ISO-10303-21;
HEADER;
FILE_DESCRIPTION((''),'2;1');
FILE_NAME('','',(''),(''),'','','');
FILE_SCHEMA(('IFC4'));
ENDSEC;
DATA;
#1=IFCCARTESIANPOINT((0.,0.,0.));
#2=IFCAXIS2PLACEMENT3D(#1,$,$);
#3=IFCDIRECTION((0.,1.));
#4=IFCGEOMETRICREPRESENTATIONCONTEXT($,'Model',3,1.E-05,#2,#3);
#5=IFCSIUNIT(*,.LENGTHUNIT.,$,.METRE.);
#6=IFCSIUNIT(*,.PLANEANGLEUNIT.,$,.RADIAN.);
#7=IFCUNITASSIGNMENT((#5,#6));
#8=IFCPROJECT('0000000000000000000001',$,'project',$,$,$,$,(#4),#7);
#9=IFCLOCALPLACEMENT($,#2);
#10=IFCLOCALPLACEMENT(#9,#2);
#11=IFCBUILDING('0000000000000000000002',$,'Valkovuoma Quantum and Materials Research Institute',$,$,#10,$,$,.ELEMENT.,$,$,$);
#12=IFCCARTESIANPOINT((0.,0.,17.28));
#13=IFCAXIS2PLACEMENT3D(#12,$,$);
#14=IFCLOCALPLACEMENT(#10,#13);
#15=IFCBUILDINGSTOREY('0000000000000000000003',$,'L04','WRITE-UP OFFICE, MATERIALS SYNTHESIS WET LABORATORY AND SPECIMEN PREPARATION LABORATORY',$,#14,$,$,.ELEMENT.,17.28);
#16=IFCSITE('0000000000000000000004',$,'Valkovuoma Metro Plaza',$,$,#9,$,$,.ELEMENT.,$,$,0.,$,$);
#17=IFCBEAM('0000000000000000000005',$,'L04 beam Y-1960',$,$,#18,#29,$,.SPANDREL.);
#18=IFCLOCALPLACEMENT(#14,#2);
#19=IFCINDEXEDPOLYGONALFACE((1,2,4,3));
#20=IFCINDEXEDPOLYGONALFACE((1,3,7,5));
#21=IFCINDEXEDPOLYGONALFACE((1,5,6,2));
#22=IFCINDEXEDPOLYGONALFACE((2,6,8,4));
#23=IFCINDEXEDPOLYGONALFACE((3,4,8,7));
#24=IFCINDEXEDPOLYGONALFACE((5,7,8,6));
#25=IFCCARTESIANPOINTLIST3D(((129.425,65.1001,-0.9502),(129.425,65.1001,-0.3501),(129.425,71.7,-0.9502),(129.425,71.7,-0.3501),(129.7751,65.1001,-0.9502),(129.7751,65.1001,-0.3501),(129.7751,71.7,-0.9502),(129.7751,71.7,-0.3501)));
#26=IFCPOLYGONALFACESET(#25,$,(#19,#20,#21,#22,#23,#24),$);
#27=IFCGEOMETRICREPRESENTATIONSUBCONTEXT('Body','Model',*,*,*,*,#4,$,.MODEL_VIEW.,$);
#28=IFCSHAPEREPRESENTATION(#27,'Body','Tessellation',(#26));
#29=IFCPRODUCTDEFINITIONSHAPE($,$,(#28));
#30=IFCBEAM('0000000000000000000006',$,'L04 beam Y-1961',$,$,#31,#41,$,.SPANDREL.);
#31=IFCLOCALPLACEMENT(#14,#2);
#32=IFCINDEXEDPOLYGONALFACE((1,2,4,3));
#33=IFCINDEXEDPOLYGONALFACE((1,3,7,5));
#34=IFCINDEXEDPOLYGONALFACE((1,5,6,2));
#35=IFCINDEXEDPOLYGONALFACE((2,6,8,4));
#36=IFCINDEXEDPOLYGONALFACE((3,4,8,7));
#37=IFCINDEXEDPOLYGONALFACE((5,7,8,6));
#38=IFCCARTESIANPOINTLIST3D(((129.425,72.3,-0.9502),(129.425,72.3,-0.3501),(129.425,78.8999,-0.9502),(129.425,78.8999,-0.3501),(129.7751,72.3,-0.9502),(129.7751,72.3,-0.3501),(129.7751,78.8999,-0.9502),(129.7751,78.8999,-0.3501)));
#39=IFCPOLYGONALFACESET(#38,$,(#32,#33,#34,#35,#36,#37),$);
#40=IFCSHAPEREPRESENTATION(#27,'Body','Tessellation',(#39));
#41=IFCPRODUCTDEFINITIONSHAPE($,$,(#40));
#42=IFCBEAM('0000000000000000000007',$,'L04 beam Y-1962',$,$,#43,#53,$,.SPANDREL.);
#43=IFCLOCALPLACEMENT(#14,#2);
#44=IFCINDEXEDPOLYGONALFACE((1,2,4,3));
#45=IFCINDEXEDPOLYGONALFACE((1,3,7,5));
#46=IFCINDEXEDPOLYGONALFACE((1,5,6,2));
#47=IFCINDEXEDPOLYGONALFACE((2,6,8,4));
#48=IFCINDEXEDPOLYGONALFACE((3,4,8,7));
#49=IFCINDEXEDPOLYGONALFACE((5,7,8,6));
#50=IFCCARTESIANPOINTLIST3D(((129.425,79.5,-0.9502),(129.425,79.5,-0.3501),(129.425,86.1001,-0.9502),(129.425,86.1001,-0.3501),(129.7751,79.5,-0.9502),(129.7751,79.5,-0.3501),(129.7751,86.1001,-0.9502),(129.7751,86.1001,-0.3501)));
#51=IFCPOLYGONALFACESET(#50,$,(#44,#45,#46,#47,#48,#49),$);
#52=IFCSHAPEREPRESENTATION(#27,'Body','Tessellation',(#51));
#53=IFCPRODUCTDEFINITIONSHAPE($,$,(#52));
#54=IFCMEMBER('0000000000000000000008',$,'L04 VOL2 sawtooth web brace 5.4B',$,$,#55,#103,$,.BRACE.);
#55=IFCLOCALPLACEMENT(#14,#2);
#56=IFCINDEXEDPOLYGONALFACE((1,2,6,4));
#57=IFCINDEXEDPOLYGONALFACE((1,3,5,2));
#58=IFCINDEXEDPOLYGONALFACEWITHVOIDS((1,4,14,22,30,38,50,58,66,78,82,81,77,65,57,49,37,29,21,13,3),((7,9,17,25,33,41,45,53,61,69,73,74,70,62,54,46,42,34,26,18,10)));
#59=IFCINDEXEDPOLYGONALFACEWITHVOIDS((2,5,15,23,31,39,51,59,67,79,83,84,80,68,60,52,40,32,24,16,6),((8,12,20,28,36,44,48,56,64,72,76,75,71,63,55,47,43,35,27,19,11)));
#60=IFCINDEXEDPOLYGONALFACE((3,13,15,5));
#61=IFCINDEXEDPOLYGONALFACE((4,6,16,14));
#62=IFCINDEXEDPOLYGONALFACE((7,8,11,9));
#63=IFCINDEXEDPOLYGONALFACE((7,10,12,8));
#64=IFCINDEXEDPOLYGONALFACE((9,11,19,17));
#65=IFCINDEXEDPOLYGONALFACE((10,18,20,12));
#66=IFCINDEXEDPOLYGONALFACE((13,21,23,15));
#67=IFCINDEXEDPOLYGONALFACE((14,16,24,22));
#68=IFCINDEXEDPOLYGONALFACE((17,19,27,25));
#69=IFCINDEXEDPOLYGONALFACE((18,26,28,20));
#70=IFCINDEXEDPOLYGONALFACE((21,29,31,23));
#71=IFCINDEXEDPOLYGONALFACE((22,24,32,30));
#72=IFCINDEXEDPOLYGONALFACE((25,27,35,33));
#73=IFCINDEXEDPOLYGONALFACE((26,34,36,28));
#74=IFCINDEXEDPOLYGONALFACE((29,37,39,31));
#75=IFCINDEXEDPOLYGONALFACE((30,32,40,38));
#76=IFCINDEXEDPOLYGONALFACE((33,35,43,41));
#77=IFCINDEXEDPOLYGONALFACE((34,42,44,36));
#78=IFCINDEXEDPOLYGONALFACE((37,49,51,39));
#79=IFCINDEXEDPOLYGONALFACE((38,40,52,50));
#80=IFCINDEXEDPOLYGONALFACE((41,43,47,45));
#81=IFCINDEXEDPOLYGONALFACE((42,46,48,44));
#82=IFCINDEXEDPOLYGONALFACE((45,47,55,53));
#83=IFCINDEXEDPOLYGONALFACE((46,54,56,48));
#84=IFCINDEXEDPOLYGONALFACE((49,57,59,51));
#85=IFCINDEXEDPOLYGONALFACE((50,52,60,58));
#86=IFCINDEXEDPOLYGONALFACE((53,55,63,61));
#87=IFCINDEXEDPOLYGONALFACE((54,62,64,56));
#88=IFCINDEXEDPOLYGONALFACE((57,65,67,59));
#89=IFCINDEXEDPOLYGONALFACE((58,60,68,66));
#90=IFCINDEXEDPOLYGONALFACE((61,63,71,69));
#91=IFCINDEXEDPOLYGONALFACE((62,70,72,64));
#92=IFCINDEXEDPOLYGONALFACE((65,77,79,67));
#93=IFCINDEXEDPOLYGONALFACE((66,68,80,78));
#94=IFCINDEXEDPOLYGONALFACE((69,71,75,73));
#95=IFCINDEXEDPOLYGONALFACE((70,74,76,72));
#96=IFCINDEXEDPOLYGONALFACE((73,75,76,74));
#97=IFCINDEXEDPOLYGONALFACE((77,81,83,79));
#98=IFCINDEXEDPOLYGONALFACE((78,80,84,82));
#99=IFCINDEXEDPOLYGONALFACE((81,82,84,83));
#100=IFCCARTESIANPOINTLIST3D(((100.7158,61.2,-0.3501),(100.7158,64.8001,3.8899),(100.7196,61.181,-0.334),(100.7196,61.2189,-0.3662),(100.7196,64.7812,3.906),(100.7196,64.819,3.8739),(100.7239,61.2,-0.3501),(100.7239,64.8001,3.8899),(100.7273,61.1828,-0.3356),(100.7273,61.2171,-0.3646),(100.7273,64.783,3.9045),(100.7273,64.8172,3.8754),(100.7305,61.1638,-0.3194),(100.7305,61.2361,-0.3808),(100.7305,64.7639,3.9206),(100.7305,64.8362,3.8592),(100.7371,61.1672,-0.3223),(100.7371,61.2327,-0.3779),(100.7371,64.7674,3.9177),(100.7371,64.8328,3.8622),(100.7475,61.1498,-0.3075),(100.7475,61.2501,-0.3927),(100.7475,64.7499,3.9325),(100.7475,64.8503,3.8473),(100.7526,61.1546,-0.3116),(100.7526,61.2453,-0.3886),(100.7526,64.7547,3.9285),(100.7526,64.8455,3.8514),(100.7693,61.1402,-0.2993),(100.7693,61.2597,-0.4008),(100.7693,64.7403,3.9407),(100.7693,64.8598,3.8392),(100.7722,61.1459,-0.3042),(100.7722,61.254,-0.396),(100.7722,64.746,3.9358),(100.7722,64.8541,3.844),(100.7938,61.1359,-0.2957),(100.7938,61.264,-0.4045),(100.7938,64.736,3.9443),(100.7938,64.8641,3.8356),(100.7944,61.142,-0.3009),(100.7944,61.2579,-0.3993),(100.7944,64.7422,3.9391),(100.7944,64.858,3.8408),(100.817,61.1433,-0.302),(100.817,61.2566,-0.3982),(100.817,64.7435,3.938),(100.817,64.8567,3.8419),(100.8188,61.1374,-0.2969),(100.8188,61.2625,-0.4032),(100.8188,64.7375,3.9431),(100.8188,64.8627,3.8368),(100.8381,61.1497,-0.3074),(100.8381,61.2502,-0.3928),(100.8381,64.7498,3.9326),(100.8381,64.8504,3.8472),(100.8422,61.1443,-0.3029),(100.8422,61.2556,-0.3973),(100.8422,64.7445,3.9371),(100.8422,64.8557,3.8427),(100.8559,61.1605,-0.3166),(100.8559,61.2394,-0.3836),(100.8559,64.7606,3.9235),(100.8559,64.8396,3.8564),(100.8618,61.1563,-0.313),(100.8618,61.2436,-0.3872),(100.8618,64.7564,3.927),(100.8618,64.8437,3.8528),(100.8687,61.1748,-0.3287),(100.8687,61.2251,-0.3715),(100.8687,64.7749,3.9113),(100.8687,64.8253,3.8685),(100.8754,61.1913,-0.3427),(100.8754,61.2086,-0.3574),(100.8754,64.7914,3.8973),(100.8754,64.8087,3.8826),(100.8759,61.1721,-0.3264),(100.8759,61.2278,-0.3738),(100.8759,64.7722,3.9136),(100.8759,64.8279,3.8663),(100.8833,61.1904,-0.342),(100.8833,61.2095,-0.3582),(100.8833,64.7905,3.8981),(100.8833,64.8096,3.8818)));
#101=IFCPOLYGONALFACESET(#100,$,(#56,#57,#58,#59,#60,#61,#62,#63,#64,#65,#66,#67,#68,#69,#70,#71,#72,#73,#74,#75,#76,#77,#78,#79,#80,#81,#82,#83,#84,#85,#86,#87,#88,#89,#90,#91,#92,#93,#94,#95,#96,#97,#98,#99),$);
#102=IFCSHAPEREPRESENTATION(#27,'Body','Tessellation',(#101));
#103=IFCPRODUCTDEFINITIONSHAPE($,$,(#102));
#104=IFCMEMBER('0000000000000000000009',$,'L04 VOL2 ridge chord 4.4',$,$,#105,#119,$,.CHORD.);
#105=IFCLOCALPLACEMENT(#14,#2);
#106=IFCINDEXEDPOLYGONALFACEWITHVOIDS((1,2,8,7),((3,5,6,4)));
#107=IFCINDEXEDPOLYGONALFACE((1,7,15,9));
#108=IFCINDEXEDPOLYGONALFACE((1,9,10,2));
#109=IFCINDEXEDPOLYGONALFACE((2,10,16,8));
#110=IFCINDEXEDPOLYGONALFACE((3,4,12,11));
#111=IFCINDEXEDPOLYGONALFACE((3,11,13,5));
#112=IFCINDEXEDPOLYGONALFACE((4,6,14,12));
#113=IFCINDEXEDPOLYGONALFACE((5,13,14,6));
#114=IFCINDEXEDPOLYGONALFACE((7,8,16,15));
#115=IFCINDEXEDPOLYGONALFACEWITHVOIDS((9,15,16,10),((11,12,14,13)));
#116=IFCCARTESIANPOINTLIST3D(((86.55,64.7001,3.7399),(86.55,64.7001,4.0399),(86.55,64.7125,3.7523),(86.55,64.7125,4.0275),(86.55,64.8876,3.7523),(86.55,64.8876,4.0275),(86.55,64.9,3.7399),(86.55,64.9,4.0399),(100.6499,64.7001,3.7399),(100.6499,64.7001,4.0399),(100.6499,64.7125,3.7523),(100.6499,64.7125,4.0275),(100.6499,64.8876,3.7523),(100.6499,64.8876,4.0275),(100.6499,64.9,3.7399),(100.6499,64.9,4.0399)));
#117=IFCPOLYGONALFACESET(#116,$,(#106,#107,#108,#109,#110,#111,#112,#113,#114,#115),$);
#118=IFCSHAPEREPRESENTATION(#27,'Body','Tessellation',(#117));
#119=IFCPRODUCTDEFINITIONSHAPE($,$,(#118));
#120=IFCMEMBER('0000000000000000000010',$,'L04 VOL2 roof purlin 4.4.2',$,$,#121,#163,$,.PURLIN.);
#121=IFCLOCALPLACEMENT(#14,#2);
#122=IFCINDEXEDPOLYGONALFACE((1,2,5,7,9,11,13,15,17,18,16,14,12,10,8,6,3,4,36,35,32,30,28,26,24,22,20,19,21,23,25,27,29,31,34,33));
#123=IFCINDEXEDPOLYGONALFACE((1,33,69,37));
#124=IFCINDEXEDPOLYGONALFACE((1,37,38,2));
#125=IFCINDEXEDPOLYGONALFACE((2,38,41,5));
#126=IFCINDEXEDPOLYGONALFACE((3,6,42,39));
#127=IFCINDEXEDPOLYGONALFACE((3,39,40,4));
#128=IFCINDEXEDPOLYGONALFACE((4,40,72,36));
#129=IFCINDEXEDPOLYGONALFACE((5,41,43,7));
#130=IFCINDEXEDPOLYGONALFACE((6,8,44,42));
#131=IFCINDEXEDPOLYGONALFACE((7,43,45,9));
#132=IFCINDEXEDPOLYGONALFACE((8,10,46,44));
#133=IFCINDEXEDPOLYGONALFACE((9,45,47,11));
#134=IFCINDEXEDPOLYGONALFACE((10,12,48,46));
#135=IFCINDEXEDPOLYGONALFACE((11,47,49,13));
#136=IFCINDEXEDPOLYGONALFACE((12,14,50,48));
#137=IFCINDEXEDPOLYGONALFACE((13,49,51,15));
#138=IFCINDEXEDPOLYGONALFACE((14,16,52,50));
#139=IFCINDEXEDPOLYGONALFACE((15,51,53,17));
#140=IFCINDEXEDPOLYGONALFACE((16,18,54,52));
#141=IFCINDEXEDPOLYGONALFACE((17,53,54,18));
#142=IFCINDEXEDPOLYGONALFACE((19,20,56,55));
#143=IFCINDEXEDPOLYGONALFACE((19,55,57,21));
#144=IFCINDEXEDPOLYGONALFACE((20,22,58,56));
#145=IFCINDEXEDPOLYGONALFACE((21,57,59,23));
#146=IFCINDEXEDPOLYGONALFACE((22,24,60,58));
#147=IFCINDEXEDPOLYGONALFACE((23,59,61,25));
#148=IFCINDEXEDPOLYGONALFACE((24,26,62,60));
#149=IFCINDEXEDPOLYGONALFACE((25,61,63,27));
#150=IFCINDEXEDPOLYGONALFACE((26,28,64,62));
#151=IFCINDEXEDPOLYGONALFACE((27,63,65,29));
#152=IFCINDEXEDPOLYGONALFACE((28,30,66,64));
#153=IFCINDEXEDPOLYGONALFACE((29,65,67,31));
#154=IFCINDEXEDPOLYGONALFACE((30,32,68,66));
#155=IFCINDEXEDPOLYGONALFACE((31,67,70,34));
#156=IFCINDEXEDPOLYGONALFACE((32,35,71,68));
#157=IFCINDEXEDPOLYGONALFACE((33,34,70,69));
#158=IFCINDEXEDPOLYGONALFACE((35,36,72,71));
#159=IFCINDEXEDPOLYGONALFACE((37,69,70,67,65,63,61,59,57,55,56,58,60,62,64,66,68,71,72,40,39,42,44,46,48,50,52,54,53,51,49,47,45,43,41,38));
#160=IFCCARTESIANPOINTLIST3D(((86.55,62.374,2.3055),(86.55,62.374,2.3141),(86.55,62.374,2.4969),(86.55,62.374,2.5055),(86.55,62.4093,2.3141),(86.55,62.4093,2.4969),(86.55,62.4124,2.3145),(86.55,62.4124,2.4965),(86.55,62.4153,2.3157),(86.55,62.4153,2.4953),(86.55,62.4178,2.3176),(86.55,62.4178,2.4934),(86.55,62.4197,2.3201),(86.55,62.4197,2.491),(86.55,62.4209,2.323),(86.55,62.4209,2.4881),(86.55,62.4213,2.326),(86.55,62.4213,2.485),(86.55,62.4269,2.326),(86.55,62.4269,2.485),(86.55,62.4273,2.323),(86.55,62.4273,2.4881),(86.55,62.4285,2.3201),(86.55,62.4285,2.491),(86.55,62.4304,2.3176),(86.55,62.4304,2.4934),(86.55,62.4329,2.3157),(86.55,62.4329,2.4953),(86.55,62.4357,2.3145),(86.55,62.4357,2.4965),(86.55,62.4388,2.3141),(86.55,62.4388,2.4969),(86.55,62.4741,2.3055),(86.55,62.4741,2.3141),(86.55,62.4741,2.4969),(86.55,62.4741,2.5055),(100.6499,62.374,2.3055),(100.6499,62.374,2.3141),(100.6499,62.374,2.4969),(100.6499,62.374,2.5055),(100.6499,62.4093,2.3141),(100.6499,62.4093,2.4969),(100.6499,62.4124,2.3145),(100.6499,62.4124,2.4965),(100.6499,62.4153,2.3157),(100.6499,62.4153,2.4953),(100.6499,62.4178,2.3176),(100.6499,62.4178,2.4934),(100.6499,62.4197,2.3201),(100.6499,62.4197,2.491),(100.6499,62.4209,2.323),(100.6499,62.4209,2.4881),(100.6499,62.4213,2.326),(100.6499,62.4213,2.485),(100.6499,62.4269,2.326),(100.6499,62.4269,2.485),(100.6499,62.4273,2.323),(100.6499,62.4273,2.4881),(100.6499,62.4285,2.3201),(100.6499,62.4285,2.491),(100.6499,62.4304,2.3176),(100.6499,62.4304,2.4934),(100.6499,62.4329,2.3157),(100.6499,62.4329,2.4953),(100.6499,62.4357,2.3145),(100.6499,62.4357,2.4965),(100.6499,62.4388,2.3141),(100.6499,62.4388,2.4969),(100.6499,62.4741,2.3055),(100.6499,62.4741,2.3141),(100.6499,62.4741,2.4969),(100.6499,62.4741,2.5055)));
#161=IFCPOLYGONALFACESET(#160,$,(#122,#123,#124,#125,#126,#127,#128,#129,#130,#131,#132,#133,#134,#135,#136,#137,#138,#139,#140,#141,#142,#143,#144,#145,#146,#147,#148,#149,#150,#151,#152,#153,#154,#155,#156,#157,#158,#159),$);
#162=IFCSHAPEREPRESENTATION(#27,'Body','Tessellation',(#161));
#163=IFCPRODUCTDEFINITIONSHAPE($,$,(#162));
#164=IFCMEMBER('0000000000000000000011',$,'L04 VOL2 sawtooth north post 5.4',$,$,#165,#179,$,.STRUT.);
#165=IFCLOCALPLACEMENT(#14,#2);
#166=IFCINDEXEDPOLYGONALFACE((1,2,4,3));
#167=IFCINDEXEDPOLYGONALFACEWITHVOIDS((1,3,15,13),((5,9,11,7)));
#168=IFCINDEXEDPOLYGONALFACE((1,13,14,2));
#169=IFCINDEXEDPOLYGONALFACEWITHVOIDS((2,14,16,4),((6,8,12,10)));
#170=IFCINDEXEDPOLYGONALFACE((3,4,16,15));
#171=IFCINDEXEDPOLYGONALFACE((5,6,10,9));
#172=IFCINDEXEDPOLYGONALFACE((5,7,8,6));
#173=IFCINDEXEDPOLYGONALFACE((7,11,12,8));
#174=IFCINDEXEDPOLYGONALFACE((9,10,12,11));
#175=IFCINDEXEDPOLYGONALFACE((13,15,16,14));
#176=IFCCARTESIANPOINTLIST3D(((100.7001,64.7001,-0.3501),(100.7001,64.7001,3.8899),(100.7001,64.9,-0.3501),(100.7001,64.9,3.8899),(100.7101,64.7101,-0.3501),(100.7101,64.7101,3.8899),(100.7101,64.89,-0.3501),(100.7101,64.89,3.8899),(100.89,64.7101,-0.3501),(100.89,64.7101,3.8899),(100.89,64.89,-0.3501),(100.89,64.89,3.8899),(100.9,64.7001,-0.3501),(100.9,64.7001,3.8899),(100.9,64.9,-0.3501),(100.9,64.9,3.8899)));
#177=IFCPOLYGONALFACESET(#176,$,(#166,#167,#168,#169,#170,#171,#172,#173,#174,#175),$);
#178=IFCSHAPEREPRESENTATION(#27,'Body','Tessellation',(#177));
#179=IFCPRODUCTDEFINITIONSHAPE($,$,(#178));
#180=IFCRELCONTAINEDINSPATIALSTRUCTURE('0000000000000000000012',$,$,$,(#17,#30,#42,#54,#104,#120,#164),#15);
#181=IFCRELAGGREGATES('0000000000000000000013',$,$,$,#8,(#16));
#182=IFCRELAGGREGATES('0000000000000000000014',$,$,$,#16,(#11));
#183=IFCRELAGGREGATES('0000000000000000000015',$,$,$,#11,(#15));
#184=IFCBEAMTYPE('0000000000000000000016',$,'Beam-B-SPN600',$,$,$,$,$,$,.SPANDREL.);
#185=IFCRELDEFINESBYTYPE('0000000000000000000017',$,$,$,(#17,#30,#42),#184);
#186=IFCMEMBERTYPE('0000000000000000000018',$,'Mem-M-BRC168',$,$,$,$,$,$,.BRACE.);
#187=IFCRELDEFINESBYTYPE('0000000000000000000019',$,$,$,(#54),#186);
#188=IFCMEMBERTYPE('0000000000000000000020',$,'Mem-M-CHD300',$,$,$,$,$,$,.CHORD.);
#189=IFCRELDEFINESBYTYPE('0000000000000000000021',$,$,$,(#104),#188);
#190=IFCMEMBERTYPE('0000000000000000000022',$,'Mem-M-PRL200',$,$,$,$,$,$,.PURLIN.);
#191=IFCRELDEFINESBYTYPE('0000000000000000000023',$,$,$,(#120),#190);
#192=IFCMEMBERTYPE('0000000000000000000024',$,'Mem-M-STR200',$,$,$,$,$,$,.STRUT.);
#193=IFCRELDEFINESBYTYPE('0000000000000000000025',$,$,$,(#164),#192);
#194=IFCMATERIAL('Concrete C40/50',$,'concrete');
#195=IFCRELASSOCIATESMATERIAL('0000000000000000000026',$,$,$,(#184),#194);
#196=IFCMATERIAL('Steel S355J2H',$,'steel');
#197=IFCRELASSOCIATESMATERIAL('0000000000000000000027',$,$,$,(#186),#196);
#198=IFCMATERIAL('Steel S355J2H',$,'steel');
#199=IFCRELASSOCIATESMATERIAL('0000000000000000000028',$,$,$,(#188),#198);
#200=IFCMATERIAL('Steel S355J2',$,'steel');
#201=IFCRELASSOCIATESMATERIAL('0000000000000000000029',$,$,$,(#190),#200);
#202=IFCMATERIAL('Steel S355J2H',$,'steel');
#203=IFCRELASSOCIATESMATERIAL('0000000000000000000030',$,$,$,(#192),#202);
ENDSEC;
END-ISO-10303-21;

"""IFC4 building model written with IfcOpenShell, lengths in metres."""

from ifc_helpers import new_model, si_unit, direction, frame, origin, origin_2d, place, context, subcontext, project, spatial, rectangle, hollow_rectangle, hollow_circle, i_section, extrude, material, material_profile, profile_set, type_object, element, save


model = new_model("IFC4")

# Units and contexts
model_context = context("Model", 3, precision=1e-05, world=origin(), true_north=direction((0.0, 1.0)))
body_context = subcontext(model_context, "Body", "Model", "MODEL_VIEW")
ifc_project = project(units=[si_unit("LENGTHUNIT", "METRE"), si_unit("PLANEANGLEUNIT", "RADIAN")], contexts=[model_context])

# Site, building, storey
site_placement = place(None, origin())
site = spatial("IfcSite", under=ifc_project, at=site_placement, Name="Valkovuoma Metro Plaza", CompositionType="ELEMENT", RefElevation=0.0)
building_placement = place(site_placement, origin())
building = spatial("IfcBuilding", under=site, at=building_placement, Name="Valkovuoma Quantum and Materials Research Institute", CompositionType="ELEMENT")
storey_placement = place(building_placement, frame((0.0, 0.0, 17.28)))
storey = spatial("IfcBuildingStorey", under=building, at=storey_placement, Name="L04", Description="WRITE-UP OFFICE, MATERIALS SYNTHESIS WET LABORATORY AND SPECIMEN PREPARATION LABORATORY", CompositionType="ELEMENT", Elevation=17.28)

# Beams
ifc_material_1 = material(Name="Concrete C40/50", Category="concrete")
ifc_material_profile_1 = material_profile(ifc_material_1, rectangle(XDim=0.3501, YDim=0.6001, at=origin_2d()), Name="Concrete C40/50")
ifc_profile_set_1 = profile_set([ifc_material_profile_1], Name="Concrete C40/50")
beam_type_1 = type_object("IfcBeamType", Name="Beam-B-SPN600", PredefinedType="SPANDREL", material=ifc_profile_set_1)
for number, where, z_axis, x_axis, name in (
    (1, (129.6001, 65.1001, -0.6501), (0.0, 1.0, 0.0), (-1.0, 0.0, 0.0), "L04 beam Y-1960"),
    (2, (129.6001, 72.3, -0.6501), (0.0, 1.0, 0.0), (-1.0, 0.0, 0.0), "L04 beam Y-1961"),
):
    element("IfcBeam", number, at=place(storey_placement, frame(where, z_axis=z_axis, x_axis=x_axis)), inside=storey, type_object=beam_type_1, Name=name, PredefinedType="SPANDREL", context=body_context, shape_type="SweptSolid", body=[
        extrude(rectangle(XDim=0.3501, YDim=0.6001, at=origin_2d()), origin(), (0.0, 0.0, 1.0), 6.5999),
    ])
beam_1_placement = place(storey_placement, frame((129.6001, 79.5, -0.6501), z_axis=(0.0, 1.0, 0.0), x_axis=(-1.0, 0.0, 0.0)))
element("IfcBeam", 3, at=beam_1_placement, inside=storey, type_object=beam_type_1, Name="L04 beam Y-1962", PredefinedType="SPANDREL", context=body_context, shape_type="SweptSolid", body=[
    extrude(rectangle(XDim=0.3501, YDim=0.6001, at=origin_2d()), origin(), (0.0, 0.0, 1.0), 6.6001),
])

# Members
ifc_material_2 = material(Name="Steel S355J2H", Category="steel")
ifc_material_profile_2 = material_profile(ifc_material_2, hollow_circle(Radius=0.0842, WallThickness=0.0081, at=origin_2d()), Name="Steel S355J2H")
ifc_profile_set_2 = profile_set([ifc_material_profile_2], Name="Steel S355J2H")
member_type_1 = type_object("IfcMemberType", Name="Mem-M-BRC168", PredefinedType="BRACE", material=ifc_profile_set_2)
member_1_placement = place(storey_placement, frame((100.8, 61.2, -0.3501), z_axis=(0.0, 0.647242, 0.762285), x_axis=(-1.0, 0.0, 0.0)))
element("IfcMember", 4, at=member_1_placement, inside=storey, type_object=member_type_1, Name="L04 VOL2 sawtooth web brace 5.4B", PredefinedType="BRACE", context=body_context, shape_type="SweptSolid", body=[
    extrude(hollow_circle(Radius=0.0842, WallThickness=0.0081, at=origin_2d()), origin(), (0.0, 0.0, 1.0), 5.5623),
])
ifc_material_3 = material(Name="Steel S355J2H", Category="steel")
ifc_material_profile_3 = material_profile(ifc_material_3, hollow_rectangle(XDim=0.2, YDim=0.3, WallThickness=0.0125, at=origin_2d()), Name="Steel S355J2H")
ifc_profile_set_3 = profile_set([ifc_material_profile_3], Name="Steel S355J2H")
member_type_2 = type_object("IfcMemberType", Name="Mem-M-CHD300", PredefinedType="CHORD", material=ifc_profile_set_3)
member_2_placement = place(storey_placement, frame((86.55, 64.8, 3.8899), z_axis=(1.0, 0.0, 0.0), x_axis=(0.0, 1.0, 0.0)))
element("IfcMember", 5, at=member_2_placement, inside=storey, type_object=member_type_2, Name="L04 VOL2 ridge chord 4.4", PredefinedType="CHORD", context=body_context, shape_type="SweptSolid", body=[
    extrude(hollow_rectangle(XDim=0.2, YDim=0.3, WallThickness=0.0125, at=origin_2d()), origin(), (0.0, 0.0, 1.0), 14.0999),
])
ifc_material_4 = material(Name="Steel S355J2", Category="steel")
ifc_material_profile_4 = material_profile(ifc_material_4, i_section(OverallWidth=0.1001, OverallDepth=0.2, WebThickness=0.0056, FlangeThickness=0.0085, FilletRadius=0.012, at=origin_2d()), Name="Steel S355J2")
ifc_profile_set_4 = profile_set([ifc_material_profile_4], Name="Steel S355J2")
member_type_3 = type_object("IfcMemberType", Name="Mem-M-PRL200", PredefinedType="PURLIN", material=ifc_profile_set_4)
member_3_placement = place(storey_placement, frame((86.55, 62.4241, 2.4055), z_axis=(1.0, 0.0, 0.0), x_axis=(0.0, 1.0, 0.0)))
element("IfcMember", 6, at=member_3_placement, inside=storey, type_object=member_type_3, Name="L04 VOL2 roof purlin 4.4.2", PredefinedType="PURLIN", context=body_context, shape_type="SweptSolid", body=[
    extrude(i_section(OverallWidth=0.1001, OverallDepth=0.2, WebThickness=0.0056, FlangeThickness=0.0085, FilletRadius=0.012, at=origin_2d()), origin(), (0.0, 0.0, 1.0), 14.0999),
])
ifc_material_5 = material(Name="Steel S355J2H", Category="steel")
ifc_material_profile_5 = material_profile(ifc_material_5, hollow_rectangle(XDim=0.2, YDim=0.2, WallThickness=0.01, at=origin_2d()), Name="Steel S355J2H")
ifc_profile_set_5 = profile_set([ifc_material_profile_5], Name="Steel S355J2H")
member_type_4 = type_object("IfcMemberType", Name="Mem-M-STR200", PredefinedType="STRUT", material=ifc_profile_set_5)
member_4_placement = place(storey_placement, frame((100.8, 64.8, -0.3501), z_axis=(0.0, 0.0, 1.0), x_axis=(1.0, 0.0, 0.0)))
element("IfcMember", 7, at=member_4_placement, inside=storey, type_object=member_type_4, Name="L04 VOL2 sawtooth north post 5.4", PredefinedType="STRUT", context=body_context, shape_type="SweptSolid", body=[
    extrude(hollow_rectangle(XDim=0.2, YDim=0.2, WallThickness=0.01, at=origin_2d()), origin(), (0.0, 0.0, 1.0), 4.24),
])

save(model, "model.ifc")
